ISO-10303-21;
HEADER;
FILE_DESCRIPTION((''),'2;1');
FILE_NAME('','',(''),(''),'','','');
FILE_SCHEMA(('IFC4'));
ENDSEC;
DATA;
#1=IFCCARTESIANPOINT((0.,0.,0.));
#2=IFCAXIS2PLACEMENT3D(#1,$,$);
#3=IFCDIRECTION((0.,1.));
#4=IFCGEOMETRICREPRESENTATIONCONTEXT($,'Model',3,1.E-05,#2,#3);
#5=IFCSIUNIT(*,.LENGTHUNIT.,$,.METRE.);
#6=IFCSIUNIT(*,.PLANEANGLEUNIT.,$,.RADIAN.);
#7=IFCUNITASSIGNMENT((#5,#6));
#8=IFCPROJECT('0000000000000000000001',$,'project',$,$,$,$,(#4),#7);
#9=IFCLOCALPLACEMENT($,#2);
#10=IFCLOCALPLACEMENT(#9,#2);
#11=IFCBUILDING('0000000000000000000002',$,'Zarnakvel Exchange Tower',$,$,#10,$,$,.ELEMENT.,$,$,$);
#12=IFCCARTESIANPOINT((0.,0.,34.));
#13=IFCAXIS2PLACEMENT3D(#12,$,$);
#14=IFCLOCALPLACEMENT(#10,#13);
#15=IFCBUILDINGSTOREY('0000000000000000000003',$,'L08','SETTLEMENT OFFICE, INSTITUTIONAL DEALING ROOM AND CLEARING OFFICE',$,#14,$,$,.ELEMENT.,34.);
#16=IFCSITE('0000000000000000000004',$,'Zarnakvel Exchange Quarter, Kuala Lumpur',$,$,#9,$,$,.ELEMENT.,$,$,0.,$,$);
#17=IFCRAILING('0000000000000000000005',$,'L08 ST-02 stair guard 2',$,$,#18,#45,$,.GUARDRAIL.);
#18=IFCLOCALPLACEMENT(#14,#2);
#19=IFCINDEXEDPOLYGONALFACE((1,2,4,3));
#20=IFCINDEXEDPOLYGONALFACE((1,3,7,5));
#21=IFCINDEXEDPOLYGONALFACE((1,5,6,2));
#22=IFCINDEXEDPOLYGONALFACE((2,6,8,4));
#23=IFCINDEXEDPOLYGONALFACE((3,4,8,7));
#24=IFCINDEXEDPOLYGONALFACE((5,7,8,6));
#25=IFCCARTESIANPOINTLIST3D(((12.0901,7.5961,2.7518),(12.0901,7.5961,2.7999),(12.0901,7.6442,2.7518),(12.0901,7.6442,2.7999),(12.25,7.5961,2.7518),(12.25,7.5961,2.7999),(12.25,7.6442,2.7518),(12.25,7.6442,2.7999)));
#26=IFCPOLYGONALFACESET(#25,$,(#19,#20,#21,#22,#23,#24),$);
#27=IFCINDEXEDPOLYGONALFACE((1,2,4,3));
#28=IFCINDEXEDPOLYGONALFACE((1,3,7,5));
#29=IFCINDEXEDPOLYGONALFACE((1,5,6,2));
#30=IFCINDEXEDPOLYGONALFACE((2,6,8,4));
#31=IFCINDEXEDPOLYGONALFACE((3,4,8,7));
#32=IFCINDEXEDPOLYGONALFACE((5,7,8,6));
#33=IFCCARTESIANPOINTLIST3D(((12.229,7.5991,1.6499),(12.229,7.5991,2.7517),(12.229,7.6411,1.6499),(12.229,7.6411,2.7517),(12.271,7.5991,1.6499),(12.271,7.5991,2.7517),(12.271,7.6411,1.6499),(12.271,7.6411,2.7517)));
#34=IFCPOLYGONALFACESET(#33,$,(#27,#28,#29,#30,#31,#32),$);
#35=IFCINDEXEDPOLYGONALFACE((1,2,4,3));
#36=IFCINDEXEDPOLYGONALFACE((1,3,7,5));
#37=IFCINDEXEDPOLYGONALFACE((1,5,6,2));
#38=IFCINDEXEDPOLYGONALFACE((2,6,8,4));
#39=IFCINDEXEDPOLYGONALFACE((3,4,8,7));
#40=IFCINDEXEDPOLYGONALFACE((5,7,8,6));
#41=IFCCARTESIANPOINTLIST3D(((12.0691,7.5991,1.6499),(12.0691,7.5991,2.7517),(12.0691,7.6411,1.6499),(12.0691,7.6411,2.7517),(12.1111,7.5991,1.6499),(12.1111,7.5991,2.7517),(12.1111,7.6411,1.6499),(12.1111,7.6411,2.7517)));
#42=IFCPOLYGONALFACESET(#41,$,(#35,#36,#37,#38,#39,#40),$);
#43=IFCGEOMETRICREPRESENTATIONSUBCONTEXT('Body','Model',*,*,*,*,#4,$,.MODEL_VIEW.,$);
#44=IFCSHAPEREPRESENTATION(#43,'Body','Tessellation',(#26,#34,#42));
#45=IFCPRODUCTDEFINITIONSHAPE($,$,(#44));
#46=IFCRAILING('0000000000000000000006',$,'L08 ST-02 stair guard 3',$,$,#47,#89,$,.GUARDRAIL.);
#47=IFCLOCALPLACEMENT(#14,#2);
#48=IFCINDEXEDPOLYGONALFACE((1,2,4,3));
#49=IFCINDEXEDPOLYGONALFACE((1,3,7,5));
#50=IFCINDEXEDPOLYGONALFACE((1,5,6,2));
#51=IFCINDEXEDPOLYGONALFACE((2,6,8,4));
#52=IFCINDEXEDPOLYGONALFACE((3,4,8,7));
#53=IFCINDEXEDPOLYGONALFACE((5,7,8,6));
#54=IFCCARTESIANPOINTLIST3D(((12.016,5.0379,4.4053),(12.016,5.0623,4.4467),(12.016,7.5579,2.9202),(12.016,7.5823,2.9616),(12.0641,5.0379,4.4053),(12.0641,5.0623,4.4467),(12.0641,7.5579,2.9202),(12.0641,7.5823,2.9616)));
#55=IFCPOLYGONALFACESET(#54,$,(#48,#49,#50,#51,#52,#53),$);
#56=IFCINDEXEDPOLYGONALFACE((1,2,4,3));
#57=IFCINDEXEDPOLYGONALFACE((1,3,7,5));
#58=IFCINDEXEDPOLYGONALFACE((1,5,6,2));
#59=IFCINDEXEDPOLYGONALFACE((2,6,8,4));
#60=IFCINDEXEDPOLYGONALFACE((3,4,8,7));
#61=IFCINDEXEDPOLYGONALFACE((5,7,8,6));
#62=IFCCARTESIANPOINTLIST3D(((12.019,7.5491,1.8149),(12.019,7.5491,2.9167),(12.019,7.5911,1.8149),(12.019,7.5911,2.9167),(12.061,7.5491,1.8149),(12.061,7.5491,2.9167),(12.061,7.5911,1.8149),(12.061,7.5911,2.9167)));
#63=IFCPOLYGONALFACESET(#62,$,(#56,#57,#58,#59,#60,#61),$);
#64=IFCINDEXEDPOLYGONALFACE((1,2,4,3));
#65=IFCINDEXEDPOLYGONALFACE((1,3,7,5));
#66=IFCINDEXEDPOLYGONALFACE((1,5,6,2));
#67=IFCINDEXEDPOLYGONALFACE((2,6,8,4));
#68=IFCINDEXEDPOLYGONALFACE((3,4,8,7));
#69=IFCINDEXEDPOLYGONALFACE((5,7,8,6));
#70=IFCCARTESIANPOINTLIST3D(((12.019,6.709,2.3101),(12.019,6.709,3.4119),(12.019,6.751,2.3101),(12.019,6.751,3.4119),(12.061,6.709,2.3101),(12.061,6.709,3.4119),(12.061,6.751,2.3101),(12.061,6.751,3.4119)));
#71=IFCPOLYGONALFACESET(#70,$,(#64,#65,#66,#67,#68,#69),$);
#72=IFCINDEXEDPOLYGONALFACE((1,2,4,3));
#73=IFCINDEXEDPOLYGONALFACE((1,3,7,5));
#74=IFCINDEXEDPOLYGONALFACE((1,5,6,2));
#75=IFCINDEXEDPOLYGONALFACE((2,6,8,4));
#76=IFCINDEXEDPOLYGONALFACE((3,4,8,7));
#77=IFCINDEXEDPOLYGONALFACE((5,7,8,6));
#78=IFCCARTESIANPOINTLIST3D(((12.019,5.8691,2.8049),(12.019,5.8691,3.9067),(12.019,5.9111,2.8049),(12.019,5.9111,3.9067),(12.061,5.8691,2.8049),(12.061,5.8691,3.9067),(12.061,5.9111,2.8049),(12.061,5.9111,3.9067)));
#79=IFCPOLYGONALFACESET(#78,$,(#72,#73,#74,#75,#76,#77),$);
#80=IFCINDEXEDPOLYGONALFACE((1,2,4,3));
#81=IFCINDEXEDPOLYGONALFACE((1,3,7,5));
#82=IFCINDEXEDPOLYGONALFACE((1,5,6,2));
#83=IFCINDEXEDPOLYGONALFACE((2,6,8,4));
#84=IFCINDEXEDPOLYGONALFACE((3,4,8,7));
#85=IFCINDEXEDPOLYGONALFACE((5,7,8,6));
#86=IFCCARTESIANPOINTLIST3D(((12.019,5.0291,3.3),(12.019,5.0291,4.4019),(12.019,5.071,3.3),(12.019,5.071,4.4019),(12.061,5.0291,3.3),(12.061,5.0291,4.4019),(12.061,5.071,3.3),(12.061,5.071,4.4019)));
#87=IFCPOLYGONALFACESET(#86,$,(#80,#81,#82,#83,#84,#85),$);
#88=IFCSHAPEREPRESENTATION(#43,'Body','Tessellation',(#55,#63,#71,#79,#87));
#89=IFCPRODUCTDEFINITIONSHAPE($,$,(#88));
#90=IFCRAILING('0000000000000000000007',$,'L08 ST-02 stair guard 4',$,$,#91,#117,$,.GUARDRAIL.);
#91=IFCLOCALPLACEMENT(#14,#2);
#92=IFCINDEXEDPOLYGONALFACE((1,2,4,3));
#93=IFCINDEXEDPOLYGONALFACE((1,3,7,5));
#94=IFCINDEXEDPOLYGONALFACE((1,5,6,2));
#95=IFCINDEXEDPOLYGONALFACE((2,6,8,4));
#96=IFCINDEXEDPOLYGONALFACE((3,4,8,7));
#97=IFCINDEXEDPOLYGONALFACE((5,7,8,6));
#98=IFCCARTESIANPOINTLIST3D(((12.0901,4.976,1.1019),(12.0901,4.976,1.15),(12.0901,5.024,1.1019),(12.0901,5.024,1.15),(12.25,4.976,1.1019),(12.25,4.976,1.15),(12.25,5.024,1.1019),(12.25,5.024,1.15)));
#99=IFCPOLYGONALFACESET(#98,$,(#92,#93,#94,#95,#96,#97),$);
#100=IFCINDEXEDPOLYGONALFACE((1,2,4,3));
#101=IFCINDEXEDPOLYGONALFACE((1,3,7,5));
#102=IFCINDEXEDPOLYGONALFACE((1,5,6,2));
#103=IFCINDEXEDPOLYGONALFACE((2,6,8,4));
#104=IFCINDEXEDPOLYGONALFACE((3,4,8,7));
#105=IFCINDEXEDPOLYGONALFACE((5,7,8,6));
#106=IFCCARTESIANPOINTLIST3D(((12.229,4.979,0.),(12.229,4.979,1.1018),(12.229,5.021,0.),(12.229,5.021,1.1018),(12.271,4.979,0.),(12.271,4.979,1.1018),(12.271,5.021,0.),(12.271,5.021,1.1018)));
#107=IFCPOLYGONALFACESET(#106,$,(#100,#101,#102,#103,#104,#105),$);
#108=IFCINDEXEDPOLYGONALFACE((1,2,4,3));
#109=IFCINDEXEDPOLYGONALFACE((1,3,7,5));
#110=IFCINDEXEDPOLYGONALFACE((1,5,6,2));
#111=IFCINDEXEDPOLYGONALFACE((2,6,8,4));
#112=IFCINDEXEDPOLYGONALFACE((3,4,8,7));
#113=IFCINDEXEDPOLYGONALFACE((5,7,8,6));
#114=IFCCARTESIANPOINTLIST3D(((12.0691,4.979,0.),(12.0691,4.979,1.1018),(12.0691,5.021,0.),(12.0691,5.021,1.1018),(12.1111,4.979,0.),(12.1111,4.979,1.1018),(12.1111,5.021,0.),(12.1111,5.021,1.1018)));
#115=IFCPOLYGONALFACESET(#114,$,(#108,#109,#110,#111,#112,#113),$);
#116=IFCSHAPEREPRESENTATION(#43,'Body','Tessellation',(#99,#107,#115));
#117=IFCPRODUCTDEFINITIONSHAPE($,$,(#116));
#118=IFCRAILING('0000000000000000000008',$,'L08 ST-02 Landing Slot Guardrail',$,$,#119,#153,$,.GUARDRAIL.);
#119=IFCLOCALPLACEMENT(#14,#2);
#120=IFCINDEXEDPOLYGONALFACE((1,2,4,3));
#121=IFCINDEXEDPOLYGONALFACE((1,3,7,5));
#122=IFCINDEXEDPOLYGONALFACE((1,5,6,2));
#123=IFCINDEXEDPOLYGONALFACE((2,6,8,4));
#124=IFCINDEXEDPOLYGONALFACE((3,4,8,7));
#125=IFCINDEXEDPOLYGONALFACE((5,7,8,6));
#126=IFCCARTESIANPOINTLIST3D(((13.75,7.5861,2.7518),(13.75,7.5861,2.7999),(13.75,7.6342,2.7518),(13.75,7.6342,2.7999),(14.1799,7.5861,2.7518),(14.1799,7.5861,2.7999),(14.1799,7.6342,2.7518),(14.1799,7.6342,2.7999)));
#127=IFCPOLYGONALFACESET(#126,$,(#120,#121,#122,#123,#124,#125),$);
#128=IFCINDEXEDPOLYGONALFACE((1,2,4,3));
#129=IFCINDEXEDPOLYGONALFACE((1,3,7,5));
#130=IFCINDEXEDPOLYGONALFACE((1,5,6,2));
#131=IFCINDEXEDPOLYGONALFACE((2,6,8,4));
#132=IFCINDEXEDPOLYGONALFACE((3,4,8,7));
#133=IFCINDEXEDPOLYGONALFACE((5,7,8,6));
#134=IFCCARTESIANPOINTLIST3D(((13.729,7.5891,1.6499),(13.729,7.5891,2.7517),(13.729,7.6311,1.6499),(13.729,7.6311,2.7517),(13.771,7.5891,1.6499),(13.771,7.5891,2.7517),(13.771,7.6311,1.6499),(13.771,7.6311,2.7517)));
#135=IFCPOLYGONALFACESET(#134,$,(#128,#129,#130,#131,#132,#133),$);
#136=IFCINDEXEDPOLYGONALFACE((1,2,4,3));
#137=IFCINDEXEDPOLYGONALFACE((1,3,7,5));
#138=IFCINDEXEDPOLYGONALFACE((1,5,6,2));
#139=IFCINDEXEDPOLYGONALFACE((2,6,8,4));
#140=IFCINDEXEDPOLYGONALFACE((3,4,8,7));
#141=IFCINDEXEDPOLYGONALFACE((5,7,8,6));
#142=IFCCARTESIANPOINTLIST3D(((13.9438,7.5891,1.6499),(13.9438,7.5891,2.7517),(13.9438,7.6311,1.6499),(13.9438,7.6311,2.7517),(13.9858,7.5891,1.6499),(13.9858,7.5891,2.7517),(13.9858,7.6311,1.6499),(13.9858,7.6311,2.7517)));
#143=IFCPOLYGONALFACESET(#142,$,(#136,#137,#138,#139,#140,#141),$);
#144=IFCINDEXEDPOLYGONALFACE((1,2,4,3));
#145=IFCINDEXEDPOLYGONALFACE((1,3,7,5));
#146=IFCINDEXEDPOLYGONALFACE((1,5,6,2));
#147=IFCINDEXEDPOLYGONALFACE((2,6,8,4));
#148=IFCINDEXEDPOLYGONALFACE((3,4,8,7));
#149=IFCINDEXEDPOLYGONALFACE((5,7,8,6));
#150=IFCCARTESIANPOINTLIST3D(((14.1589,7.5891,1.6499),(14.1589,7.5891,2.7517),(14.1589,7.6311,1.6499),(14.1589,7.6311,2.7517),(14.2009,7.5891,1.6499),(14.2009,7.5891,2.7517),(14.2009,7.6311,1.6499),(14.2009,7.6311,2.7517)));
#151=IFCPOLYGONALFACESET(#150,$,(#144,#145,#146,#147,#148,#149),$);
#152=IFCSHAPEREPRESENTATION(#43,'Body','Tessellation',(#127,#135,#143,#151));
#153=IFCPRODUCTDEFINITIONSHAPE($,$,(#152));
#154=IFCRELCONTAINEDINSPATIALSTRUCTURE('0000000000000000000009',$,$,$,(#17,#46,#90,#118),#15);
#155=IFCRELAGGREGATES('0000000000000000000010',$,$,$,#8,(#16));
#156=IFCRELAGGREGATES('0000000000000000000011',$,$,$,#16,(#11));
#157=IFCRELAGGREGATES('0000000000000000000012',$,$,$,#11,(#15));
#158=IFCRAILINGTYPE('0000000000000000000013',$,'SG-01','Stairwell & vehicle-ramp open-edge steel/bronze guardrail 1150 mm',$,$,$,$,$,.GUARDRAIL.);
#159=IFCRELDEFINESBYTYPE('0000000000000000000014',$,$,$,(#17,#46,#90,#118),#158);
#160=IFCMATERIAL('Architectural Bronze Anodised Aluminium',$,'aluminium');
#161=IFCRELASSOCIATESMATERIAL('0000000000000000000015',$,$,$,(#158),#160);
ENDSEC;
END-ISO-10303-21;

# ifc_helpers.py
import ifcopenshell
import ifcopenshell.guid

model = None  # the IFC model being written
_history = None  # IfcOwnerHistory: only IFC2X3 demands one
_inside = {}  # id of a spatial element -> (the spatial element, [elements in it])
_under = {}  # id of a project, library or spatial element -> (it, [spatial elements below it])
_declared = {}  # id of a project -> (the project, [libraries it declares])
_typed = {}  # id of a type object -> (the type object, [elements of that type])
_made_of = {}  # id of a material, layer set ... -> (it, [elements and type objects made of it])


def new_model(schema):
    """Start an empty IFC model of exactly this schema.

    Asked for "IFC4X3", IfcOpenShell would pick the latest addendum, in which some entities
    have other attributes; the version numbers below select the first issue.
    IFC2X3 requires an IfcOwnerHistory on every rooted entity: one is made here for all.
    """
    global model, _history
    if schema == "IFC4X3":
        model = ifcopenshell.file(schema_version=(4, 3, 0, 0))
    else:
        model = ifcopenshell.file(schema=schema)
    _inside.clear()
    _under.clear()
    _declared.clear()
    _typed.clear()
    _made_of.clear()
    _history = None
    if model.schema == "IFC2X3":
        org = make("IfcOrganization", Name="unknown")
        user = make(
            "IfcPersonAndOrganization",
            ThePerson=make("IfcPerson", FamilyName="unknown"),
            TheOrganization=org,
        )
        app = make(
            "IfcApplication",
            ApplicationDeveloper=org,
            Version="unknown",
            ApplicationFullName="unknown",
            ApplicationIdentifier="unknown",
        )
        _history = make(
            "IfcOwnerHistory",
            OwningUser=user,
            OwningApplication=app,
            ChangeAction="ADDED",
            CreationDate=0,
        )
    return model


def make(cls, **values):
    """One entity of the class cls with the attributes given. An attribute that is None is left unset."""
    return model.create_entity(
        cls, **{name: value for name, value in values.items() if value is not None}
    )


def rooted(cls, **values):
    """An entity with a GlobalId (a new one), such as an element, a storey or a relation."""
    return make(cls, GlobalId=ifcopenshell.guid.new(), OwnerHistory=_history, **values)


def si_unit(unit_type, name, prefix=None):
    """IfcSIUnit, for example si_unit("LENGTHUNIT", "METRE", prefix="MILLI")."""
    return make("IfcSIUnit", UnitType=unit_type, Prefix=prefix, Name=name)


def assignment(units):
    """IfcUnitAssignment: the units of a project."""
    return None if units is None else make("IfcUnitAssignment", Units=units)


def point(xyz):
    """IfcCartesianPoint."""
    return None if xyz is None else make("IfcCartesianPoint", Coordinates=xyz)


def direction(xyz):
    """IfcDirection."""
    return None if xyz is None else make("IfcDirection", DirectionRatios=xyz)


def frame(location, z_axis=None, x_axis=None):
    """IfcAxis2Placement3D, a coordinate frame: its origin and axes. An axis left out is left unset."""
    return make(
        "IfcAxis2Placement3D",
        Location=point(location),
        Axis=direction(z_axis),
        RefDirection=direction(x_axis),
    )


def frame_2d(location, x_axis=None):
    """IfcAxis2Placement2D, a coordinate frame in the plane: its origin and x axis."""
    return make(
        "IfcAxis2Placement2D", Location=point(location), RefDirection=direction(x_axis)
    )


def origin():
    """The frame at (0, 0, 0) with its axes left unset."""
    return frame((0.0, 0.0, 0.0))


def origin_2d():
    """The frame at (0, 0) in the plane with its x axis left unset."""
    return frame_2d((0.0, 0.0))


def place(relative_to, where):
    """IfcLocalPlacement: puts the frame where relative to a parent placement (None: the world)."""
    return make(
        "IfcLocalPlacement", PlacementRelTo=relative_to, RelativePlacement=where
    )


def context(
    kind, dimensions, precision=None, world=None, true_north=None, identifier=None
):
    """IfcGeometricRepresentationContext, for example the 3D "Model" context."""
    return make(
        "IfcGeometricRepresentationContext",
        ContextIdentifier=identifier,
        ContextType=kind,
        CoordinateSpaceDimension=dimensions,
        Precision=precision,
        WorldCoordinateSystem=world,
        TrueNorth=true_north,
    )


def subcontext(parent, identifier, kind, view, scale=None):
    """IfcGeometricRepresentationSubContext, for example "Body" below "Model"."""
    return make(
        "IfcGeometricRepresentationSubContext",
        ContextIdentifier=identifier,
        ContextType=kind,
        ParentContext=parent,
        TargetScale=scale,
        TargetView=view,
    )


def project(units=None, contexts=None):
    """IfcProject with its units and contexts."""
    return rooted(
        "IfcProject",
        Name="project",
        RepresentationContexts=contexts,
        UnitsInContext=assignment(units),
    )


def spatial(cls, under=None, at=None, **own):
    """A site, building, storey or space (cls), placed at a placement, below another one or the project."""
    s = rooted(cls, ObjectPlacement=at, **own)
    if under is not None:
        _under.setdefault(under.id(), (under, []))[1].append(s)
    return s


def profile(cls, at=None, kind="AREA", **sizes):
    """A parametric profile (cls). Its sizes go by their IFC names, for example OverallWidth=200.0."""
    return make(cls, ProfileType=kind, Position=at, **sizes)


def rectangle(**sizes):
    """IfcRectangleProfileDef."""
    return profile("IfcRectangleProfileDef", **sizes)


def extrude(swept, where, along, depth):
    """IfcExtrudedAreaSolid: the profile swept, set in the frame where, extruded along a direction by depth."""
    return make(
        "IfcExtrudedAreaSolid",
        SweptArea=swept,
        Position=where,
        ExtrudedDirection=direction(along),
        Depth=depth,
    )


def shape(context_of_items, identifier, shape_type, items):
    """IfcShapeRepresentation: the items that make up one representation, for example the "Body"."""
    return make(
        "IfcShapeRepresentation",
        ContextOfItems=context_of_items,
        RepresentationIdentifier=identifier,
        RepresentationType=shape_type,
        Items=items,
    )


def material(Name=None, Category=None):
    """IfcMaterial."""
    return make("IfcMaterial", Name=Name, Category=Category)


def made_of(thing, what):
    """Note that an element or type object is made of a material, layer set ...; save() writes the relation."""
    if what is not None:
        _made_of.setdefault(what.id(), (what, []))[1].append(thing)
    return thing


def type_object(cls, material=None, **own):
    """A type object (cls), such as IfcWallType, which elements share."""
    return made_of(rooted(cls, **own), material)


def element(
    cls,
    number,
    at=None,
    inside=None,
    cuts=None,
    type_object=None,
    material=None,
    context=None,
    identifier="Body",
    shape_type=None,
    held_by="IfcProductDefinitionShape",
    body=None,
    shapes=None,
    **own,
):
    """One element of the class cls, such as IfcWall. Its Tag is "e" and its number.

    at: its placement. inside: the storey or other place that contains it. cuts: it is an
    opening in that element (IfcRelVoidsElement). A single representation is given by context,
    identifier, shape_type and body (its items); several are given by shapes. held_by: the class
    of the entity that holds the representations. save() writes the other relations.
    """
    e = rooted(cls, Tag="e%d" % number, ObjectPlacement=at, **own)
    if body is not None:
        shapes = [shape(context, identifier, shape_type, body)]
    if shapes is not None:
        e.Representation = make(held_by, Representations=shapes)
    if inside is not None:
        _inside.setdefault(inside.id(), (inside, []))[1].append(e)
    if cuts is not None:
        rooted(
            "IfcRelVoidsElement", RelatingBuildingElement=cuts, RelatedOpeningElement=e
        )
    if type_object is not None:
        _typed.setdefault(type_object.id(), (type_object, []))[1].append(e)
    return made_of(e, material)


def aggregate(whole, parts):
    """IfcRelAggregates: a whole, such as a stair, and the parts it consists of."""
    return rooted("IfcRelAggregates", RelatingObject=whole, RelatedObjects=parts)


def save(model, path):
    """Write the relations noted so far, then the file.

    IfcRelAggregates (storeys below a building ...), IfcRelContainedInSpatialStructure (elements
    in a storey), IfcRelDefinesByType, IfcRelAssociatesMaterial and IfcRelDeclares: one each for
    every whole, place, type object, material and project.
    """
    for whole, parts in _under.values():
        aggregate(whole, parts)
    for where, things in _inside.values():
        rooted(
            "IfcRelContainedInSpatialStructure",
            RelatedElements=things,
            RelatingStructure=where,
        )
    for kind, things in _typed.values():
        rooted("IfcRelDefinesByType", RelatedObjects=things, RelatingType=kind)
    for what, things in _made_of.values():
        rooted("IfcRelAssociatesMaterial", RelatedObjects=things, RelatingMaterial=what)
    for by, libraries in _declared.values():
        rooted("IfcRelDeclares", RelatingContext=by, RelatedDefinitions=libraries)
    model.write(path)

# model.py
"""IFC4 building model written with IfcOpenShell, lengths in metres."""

from ifc_helpers import new_model, si_unit, direction, frame, origin, origin_2d, place, context, subcontext, project, spatial, rectangle, extrude, material, type_object, element, save


model = new_model("IFC4")

# Units and contexts
model_context = context("Model", 3, precision=1e-05, world=origin(), true_north=direction((0.0, 1.0)))
body_context = subcontext(model_context, "Body", "Model", "MODEL_VIEW")
ifc_project = project(units=[si_unit("LENGTHUNIT", "METRE"), si_unit("PLANEANGLEUNIT", "RADIAN")], contexts=[model_context])

# Site, building, storey
site_placement = place(None, origin())
site = spatial("IfcSite", under=ifc_project, at=site_placement, Name="Zarnakvel Exchange Quarter, Kuala Lumpur", CompositionType="ELEMENT", RefElevation=0.0)
building_placement = place(site_placement, origin())
building = spatial("IfcBuilding", under=site, at=building_placement, Name="Zarnakvel Exchange Tower", CompositionType="ELEMENT")
storey_placement = place(building_placement, frame((0.0, 0.0, 34.0)))
storey = spatial("IfcBuildingStorey", under=building, at=storey_placement, Name="L08", Description="SETTLEMENT OFFICE, INSTITUTIONAL DEALING ROOM AND CLEARING OFFICE", CompositionType="ELEMENT", Elevation=34.0)

# Shared definitions
ifc_material_1 = material(Name="Architectural Bronze Anodised Aluminium", Category="aluminium")

# Railings
railing_type_1 = type_object("IfcRailingType", Name="SG-01", Description="Stairwell & vehicle-ramp open-edge steel/bronze guardrail 1150 mm", PredefinedType="GUARDRAIL", material=ifc_material_1)
railing_1_placement = place(storey_placement, frame((12.25, 7.6201, 1.6499)))
element("IfcRailing", 1, at=railing_1_placement, inside=storey, type_object=railing_type_1, Name="L08 ST-02 stair guard 2", PredefinedType="GUARDRAIL", context=body_context, shape_type="SweptSolid", body=[
    extrude(rectangle(XDim=0.0481, YDim=0.0481, at=origin_2d()), frame((0.0, 0.0, 1.126), z_axis=(-1.0, 0.0, 0.0), x_axis=(0.0, -1.0, 0.0)), (0.0, 0.0, 1.0), 0.1599),
    extrude(rectangle(XDim=0.042, YDim=0.042, at=origin_2d()), origin(), (0.0, 0.0, 1.0), 1.1018),
    extrude(rectangle(XDim=0.042, YDim=0.042, at=origin_2d()), frame((-0.1599, 0.0, 0.0)), (0.0, 0.0, 1.0), 1.1018),
])
railing_2_placement = place(storey_placement, frame((12.04, 7.5701, 1.8149)))
element("IfcRailing", 2, at=railing_2_placement, inside=storey, type_object=railing_type_1, Name="L08 ST-02 stair guard 3", PredefinedType="GUARDRAIL", context=body_context, shape_type="SweptSolid", body=[
    extrude(rectangle(XDim=0.0481, YDim=0.0481, at=origin_2d()), frame((0.0, 0.0, 1.126), z_axis=(0.0, -0.861524, 0.507717), x_axis=(1.0, 0.0, 0.0)), (0.0, 0.0, 1.0), 2.925),
    extrude(rectangle(XDim=0.042, YDim=0.042, at=origin_2d()), origin(), (0.0, 0.0, 1.0), 1.1018),
    extrude(rectangle(XDim=0.042, YDim=0.042, at=origin_2d()), frame((0.0, -0.8401, 0.4951)), (0.0, 0.0, 1.0), 1.1018),
    extrude(rectangle(XDim=0.042, YDim=0.042, at=origin_2d()), frame((0.0, -1.6799, 0.99)), (0.0, 0.0, 1.0), 1.1018),
    extrude(rectangle(XDim=0.042, YDim=0.042, at=origin_2d()), frame((0.0, -2.52, 1.4851)), (0.0, 0.0, 1.0), 1.1018),
])
railing_3_placement = place(storey_placement, frame((12.25, 5.0, 0.0)))
element("IfcRailing", 3, at=railing_3_placement, inside=storey, type_object=railing_type_1, Name="L08 ST-02 stair guard 4", PredefinedType="GUARDRAIL", context=body_context, shape_type="SweptSolid", body=[
    extrude(rectangle(XDim=0.0481, YDim=0.0481, at=origin_2d()), frame((0.0, 0.0, 1.126), z_axis=(-1.0, 0.0, 0.0), x_axis=(0.0, -1.0, 0.0)), (0.0, 0.0, 1.0), 0.1599),
    extrude(rectangle(XDim=0.042, YDim=0.042, at=origin_2d()), origin(), (0.0, 0.0, 1.0), 1.1018),
    extrude(rectangle(XDim=0.042, YDim=0.042, at=origin_2d()), frame((-0.1599, 0.0, 0.0)), (0.0, 0.0, 1.0), 1.1018),
])
railing_4_placement = place(storey_placement, frame((13.75, 7.6101, 1.6499)))
element("IfcRailing", 4, at=railing_4_placement, inside=storey, type_object=railing_type_1, Name="L08 ST-02 Landing Slot Guardrail", PredefinedType="GUARDRAIL", context=body_context, shape_type="SweptSolid", body=[
    extrude(rectangle(XDim=0.0481, YDim=0.0481, at=origin_2d()), frame((0.0, 0.0, 1.126), z_axis=(1.0, 0.0, 0.0), x_axis=(0.0, 1.0, 0.0)), (0.0, 0.0, 1.0), 0.4299),
    extrude(rectangle(XDim=0.042, YDim=0.042, at=origin_2d()), origin(), (0.0, 0.0, 1.0), 1.1018),
    extrude(rectangle(XDim=0.042, YDim=0.042, at=origin_2d()), frame((0.2148, 0.0, 0.0)), (0.0, 0.0, 1.0), 1.1018),
    extrude(rectangle(XDim=0.042, YDim=0.042, at=origin_2d()), frame((0.4299, 0.0, 0.0)), (0.0, 0.0, 1.0), 1.1018),
])

save(model, "model.ifc")
